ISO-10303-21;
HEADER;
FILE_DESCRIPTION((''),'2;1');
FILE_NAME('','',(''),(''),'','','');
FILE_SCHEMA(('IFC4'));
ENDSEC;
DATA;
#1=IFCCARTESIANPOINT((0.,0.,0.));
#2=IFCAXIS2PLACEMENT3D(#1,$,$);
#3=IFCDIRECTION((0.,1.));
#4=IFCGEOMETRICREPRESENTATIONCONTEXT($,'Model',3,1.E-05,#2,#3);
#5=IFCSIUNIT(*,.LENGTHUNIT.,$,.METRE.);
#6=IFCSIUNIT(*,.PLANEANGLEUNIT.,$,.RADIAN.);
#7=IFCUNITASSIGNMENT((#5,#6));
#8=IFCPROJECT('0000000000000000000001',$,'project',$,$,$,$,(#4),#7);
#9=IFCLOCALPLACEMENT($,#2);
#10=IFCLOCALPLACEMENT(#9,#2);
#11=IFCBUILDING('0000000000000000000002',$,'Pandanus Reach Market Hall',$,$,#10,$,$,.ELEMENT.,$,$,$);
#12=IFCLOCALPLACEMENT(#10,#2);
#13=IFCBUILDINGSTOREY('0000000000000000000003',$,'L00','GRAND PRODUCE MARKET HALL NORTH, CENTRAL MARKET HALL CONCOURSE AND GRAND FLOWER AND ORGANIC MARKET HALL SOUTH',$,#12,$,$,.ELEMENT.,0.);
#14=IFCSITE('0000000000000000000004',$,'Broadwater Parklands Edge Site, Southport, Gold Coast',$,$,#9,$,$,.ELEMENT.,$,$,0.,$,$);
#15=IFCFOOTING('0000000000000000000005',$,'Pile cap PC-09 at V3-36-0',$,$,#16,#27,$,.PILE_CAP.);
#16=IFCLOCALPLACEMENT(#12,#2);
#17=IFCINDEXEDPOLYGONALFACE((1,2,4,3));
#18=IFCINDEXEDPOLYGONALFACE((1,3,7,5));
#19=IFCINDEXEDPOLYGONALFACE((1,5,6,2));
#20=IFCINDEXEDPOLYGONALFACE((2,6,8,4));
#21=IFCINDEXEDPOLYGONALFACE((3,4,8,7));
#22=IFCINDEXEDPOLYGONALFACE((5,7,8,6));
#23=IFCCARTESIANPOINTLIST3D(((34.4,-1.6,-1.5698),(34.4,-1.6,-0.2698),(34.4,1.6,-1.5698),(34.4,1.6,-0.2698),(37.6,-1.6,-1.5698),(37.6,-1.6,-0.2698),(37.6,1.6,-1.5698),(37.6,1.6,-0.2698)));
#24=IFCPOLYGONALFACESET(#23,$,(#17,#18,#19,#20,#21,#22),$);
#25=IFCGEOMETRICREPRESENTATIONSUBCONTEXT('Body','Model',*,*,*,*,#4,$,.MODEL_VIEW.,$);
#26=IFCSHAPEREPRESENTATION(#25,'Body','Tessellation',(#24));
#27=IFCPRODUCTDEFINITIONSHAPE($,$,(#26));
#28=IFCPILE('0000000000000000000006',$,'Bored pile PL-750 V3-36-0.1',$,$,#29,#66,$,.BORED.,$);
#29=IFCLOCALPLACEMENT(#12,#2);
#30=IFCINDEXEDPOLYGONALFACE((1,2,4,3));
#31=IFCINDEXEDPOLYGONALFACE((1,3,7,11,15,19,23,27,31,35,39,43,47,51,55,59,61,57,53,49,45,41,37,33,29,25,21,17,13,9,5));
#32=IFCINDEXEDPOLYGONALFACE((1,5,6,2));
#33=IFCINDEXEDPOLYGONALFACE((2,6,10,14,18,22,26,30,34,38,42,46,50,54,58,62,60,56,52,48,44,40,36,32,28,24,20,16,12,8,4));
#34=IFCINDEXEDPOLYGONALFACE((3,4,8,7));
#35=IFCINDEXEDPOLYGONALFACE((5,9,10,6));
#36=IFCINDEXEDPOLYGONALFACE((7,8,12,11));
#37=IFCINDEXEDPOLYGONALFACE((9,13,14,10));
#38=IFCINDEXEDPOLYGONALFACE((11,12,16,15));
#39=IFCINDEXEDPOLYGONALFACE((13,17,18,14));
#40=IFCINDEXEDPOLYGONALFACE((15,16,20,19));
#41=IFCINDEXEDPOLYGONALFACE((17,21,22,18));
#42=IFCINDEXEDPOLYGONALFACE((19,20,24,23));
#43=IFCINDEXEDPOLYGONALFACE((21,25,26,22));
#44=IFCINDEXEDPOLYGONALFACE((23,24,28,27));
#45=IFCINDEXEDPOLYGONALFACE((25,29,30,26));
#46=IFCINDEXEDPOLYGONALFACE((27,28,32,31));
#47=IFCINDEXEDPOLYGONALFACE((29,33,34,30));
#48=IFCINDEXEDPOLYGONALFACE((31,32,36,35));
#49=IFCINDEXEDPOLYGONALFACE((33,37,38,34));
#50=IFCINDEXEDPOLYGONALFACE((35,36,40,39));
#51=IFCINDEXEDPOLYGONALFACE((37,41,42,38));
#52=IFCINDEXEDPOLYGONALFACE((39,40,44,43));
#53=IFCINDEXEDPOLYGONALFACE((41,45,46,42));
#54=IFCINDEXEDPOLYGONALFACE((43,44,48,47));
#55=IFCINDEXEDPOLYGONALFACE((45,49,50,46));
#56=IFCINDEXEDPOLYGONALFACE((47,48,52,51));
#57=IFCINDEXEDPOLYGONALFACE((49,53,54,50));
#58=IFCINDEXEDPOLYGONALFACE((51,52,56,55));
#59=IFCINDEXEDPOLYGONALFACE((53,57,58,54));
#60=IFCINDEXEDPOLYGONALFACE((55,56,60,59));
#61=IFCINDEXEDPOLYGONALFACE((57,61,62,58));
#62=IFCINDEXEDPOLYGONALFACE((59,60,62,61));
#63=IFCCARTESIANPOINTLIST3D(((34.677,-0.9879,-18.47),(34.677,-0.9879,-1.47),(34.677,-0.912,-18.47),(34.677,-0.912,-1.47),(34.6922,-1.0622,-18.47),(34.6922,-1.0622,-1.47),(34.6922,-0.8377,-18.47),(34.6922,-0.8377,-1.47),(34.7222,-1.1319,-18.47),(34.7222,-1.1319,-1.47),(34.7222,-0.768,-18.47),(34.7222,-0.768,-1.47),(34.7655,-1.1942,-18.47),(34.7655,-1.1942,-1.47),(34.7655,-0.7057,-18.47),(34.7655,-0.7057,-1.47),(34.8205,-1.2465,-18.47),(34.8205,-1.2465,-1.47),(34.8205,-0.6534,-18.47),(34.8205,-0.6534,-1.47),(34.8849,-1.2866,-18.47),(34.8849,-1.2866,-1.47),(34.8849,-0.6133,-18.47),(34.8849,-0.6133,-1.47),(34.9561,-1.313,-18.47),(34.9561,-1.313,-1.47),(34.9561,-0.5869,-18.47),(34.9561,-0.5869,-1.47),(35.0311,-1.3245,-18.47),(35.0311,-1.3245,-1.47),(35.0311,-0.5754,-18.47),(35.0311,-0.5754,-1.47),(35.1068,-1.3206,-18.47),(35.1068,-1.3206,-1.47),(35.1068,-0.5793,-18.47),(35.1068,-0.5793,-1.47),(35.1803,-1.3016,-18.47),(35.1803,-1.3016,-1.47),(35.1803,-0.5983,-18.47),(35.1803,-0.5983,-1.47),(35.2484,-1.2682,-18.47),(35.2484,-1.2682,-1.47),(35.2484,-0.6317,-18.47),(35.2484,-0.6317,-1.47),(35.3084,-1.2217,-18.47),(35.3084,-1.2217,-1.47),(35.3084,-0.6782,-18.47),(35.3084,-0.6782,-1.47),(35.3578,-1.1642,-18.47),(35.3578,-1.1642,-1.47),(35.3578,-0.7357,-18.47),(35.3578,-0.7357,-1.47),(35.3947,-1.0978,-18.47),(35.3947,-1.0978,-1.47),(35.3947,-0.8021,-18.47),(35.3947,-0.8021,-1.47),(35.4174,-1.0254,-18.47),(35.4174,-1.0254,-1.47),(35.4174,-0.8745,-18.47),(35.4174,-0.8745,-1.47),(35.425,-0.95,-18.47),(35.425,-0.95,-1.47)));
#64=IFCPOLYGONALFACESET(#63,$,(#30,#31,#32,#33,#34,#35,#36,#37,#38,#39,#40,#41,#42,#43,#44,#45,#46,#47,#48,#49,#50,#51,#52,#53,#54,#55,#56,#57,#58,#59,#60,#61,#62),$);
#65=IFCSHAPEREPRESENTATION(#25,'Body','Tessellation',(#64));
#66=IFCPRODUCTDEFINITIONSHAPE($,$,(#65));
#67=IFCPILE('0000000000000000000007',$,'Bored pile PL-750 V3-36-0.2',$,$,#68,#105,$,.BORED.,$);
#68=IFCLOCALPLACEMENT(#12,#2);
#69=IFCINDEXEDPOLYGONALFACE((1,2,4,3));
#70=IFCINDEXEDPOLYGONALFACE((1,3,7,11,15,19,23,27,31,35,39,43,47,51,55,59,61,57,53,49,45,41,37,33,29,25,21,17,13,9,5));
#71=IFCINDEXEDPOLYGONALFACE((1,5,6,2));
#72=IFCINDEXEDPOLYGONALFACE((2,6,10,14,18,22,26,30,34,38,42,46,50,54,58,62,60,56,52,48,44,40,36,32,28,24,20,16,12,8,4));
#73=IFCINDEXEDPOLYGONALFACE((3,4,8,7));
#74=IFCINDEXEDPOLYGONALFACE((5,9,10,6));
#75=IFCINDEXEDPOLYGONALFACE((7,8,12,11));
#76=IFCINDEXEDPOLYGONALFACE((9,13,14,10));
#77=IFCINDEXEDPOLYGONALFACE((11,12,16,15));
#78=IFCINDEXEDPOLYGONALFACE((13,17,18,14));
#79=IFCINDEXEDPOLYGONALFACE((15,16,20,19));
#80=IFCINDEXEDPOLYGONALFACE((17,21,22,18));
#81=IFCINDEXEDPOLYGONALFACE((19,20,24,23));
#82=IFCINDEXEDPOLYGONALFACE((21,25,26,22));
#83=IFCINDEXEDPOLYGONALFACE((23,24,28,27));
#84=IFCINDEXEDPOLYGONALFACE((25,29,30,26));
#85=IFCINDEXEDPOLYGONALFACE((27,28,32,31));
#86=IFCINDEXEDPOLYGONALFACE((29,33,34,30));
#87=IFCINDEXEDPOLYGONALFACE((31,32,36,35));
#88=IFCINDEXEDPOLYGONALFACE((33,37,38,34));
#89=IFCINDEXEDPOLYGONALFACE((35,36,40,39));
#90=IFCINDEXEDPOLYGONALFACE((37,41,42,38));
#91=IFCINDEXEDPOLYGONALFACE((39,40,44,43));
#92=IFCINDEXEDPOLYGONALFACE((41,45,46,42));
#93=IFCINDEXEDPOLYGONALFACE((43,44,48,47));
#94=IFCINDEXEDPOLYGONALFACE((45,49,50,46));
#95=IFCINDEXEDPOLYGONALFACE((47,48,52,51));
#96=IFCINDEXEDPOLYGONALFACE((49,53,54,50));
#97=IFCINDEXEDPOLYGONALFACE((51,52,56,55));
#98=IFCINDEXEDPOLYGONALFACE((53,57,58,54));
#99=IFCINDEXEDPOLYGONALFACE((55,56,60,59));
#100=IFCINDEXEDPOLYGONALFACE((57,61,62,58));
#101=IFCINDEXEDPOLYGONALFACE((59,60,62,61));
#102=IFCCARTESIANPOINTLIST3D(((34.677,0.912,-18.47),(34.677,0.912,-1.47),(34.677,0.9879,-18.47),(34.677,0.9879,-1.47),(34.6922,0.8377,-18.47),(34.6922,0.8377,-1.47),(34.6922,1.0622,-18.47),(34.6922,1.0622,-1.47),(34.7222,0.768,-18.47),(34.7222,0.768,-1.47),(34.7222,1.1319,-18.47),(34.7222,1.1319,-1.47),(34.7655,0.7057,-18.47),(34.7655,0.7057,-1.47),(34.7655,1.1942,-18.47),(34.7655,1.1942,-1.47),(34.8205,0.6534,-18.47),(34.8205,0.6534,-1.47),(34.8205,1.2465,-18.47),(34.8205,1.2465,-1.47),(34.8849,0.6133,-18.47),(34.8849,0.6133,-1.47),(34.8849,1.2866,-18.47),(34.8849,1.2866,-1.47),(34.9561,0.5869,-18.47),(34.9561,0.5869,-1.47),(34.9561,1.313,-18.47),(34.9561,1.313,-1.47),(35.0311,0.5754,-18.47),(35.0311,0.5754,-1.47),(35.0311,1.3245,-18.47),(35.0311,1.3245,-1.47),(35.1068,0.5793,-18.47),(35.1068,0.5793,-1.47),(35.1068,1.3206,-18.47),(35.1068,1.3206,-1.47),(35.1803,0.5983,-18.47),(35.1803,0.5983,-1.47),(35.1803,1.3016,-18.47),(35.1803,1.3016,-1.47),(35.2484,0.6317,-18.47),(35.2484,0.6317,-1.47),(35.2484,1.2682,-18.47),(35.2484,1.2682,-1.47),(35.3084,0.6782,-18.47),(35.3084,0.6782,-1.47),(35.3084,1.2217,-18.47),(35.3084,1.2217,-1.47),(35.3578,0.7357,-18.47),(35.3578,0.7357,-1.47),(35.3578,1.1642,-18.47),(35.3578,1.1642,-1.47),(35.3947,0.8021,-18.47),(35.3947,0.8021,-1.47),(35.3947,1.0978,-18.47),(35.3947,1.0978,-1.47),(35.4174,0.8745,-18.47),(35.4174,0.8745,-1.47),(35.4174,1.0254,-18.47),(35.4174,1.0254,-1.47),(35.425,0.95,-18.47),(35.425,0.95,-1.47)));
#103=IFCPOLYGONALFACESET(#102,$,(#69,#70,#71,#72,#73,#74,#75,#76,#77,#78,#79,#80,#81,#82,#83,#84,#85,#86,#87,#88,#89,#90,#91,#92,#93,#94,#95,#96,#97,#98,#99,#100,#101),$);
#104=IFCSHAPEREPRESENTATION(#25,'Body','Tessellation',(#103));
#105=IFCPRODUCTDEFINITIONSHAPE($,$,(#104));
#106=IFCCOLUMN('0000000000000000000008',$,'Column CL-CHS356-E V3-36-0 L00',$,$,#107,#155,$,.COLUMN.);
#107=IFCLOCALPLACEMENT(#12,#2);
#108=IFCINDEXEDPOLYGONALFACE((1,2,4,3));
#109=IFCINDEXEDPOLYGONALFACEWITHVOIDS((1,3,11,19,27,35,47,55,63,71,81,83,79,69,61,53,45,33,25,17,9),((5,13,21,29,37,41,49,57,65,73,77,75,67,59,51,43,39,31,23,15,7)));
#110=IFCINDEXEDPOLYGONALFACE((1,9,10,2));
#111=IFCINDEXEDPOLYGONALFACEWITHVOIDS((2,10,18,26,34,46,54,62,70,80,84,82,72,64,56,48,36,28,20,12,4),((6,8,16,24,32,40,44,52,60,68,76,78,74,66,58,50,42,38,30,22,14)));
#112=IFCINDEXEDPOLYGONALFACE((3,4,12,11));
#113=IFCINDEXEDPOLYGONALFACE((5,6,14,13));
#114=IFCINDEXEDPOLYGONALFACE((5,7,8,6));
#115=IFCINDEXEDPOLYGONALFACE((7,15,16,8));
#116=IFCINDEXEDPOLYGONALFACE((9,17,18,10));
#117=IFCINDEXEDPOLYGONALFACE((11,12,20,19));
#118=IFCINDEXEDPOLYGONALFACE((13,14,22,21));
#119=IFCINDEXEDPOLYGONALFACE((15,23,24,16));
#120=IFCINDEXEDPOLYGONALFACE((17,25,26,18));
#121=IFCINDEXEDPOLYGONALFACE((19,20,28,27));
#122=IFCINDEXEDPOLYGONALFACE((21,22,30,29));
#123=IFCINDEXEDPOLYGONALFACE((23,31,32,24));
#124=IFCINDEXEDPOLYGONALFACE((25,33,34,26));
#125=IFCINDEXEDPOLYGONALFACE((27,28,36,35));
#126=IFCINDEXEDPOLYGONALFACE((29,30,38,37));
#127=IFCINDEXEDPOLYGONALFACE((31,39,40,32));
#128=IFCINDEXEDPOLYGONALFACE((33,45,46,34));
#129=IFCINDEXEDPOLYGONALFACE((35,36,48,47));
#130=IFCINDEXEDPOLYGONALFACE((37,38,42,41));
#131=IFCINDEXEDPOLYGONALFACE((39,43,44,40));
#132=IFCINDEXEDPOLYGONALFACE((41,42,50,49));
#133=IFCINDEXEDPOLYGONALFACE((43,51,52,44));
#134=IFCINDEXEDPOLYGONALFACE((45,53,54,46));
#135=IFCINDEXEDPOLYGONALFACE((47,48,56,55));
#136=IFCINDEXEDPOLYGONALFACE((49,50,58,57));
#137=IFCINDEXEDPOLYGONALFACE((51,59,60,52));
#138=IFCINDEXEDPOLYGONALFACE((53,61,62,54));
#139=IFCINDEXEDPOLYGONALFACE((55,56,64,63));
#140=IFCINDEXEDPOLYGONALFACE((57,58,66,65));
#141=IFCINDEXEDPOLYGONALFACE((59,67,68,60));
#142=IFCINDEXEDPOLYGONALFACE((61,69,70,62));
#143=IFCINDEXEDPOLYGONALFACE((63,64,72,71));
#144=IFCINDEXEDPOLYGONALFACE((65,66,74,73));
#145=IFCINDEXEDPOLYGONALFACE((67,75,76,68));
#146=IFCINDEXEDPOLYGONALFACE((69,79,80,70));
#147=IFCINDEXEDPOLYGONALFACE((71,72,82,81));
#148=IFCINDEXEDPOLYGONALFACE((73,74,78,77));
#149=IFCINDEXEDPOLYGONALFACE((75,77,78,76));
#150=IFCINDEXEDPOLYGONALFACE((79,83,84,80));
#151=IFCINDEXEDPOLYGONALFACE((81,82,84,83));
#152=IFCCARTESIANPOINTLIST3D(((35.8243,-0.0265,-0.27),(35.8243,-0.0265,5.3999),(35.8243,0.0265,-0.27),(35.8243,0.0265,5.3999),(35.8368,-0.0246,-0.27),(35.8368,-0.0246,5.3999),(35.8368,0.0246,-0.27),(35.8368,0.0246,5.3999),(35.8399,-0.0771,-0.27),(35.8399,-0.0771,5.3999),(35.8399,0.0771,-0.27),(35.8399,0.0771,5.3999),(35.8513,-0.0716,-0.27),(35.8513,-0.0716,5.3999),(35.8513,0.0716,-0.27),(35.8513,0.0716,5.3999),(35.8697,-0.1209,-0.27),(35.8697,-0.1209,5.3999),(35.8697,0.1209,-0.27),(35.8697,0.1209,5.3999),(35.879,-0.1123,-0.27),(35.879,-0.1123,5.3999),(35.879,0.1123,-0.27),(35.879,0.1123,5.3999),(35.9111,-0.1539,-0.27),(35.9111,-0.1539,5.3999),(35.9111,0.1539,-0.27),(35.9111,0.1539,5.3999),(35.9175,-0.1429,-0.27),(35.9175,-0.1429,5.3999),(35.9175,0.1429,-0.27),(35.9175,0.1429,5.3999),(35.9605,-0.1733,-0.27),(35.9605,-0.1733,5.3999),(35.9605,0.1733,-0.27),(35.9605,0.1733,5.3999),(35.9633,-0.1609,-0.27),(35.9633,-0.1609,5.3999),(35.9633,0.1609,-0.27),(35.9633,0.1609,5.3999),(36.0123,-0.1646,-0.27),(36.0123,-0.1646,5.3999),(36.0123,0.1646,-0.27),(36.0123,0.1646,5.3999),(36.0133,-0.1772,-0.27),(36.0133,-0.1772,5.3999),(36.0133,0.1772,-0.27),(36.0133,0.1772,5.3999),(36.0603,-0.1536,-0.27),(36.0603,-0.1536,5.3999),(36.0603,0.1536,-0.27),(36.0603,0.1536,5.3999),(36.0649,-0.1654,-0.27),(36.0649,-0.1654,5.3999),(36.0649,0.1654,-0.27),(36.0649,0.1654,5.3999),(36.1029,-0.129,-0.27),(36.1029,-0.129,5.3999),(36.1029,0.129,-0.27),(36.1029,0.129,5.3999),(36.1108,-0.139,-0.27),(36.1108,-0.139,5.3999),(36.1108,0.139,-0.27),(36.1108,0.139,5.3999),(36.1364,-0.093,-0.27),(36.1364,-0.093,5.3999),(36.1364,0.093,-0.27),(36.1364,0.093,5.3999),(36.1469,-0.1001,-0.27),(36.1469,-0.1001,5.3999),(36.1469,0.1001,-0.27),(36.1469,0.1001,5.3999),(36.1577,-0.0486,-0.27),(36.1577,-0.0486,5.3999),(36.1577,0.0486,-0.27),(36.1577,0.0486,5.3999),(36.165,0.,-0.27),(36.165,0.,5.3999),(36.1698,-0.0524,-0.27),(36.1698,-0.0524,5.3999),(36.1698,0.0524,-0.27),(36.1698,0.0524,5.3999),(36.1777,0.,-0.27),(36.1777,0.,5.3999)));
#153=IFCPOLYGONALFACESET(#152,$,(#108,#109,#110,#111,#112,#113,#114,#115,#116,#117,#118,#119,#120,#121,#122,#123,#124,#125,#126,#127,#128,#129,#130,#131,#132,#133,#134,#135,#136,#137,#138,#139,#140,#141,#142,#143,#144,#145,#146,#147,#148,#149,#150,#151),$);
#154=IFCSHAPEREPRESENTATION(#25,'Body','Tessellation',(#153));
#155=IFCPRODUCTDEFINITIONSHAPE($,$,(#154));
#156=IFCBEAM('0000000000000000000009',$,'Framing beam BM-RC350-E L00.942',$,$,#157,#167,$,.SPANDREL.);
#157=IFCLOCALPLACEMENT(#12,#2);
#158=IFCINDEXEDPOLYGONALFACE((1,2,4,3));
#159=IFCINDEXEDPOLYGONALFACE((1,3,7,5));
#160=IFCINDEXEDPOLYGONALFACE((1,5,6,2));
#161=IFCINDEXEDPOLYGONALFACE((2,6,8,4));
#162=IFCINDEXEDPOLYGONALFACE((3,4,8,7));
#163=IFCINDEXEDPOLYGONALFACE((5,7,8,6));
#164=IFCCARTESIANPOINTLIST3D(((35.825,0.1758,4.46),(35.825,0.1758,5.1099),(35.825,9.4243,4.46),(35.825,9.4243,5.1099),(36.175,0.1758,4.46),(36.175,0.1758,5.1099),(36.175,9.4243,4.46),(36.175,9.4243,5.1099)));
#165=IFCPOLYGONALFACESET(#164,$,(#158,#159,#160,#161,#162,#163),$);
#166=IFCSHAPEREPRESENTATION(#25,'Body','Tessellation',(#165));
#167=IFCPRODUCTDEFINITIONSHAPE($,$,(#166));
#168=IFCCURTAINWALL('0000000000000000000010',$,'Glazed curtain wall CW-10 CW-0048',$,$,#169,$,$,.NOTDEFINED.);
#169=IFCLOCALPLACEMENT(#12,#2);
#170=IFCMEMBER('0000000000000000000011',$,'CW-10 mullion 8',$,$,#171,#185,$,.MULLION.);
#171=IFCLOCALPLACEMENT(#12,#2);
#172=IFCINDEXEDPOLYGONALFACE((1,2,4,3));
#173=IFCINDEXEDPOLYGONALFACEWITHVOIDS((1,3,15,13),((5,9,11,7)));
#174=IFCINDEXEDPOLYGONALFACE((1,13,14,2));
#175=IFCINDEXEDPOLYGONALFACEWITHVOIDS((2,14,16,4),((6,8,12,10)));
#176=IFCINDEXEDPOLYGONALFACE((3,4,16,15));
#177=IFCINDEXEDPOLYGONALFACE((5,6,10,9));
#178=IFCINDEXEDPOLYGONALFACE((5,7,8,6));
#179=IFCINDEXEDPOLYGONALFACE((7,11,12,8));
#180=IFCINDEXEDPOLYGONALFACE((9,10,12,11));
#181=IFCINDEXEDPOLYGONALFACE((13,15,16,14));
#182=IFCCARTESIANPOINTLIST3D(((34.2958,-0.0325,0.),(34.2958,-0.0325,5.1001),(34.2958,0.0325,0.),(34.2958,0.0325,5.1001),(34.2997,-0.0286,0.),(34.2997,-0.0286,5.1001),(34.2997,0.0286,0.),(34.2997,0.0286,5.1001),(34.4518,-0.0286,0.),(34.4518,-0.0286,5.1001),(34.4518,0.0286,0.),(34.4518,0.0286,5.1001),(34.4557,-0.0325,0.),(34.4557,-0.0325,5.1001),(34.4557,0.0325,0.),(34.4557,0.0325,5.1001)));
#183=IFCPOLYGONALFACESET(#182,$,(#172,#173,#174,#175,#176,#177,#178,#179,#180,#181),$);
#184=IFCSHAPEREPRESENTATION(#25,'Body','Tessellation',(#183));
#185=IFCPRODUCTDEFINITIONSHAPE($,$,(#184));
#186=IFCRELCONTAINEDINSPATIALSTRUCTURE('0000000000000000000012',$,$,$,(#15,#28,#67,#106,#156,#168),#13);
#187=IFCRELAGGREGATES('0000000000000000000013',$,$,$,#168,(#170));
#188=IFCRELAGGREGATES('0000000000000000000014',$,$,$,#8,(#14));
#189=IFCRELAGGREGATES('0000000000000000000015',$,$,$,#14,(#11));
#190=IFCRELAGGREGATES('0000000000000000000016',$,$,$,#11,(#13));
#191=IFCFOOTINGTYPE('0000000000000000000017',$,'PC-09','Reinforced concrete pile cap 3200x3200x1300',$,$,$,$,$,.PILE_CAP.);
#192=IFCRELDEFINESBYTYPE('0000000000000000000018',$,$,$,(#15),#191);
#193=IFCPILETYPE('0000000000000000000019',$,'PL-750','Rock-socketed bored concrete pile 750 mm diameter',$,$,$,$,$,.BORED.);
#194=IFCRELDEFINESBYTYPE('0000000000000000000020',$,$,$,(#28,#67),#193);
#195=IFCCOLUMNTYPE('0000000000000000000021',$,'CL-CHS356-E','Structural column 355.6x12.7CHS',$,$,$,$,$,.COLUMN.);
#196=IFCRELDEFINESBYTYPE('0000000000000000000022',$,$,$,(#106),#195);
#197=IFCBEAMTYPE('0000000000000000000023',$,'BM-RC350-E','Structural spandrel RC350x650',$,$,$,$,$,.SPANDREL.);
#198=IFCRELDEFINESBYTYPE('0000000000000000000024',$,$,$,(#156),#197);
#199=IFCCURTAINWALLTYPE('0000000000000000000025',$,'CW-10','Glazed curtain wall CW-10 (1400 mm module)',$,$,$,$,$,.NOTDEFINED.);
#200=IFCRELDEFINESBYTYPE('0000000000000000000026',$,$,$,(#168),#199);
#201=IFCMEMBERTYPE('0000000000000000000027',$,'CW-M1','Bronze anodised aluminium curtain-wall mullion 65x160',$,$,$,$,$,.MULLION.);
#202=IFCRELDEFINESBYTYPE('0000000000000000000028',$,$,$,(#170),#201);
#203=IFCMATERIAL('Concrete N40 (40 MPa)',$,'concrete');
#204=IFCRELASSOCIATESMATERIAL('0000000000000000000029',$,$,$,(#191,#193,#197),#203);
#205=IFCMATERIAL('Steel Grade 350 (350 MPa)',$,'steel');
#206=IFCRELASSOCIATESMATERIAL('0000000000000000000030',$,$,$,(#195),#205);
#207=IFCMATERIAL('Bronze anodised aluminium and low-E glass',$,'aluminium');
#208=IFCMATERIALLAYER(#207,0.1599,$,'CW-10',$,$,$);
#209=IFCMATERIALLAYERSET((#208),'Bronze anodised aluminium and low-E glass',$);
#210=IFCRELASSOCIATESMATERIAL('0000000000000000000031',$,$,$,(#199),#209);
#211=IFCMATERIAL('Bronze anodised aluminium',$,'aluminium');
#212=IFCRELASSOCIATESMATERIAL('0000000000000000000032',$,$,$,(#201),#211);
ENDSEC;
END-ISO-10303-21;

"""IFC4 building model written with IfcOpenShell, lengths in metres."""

from ifc_helpers import new_model, si_unit, direction, frame, origin, origin_2d, place, context, subcontext, project, spatial, rectangle, hollow_rectangle, circle, hollow_circle, extrude, material, layer, layer_set, material_profile, profile_set, type_object, element, aggregate, save


model = new_model("IFC4")

# Units and contexts
model_context = context("Model", 3, precision=1e-05, world=origin(), true_north=direction((0.0, 1.0)))
body_context = subcontext(model_context, "Body", "Model", "MODEL_VIEW")
ifc_project = project(units=[si_unit("LENGTHUNIT", "METRE"), si_unit("PLANEANGLEUNIT", "RADIAN")], contexts=[model_context])

# Site, building, storey
site_placement = place(None, origin())
site = spatial("IfcSite", under=ifc_project, at=site_placement, Name="Broadwater Parklands Edge Site, Southport, Gold Coast", CompositionType="ELEMENT", RefElevation=0.0)
building_placement = place(site_placement, origin())
building = spatial("IfcBuilding", under=site, at=building_placement, Name="Pandanus Reach Market Hall", CompositionType="ELEMENT")
storey_placement = place(building_placement, origin())
storey = spatial("IfcBuildingStorey", under=building, at=storey_placement, Name="L00", Description="GRAND PRODUCE MARKET HALL NORTH, CENTRAL MARKET HALL CONCOURSE AND GRAND FLOWER AND ORGANIC MARKET HALL SOUTH", CompositionType="ELEMENT", Elevation=0.0)

# Footing
ifc_material_1 = material(Name="Concrete N40 (40 MPa)", Category="concrete")
footing_type = type_object("IfcFootingType", Name="PC-09", Description="Reinforced concrete pile cap 3200x3200x1300", PredefinedType="PILE_CAP", material=ifc_material_1)
footing_placement = place(storey_placement, frame((36.0, 0.0, -1.5698), z_axis=(0.0, 0.0, 1.0), x_axis=(1.0, 0.0, 0.0)))
element("IfcFooting", 1, at=footing_placement, inside=storey, type_object=footing_type, Name="Pile cap PC-09 at V3-36-0", PredefinedType="PILE_CAP", context=body_context, shape_type="SweptSolid", body=[
    extrude(rectangle(XDim=3.2, YDim=3.2, at=origin_2d()), origin(), (0.0, 0.0, 1.0), 1.3),
])

# Piles
ifc_material_profile_1 = material_profile(ifc_material_1, circle(Radius=0.375, at=origin_2d()), Name="PILE-750D", Category="LoadBearing")
ifc_profile_set_1 = profile_set([ifc_material_profile_1], Name="Concrete N40 (40 MPa)")
pile_type = type_object("IfcPileType", Name="PL-750", Description="Rock-socketed bored concrete pile 750 mm diameter", PredefinedType="BORED", material=ifc_profile_set_1)
for number, where, z_axis, x_axis, name in (
    (2, (35.05, -0.95, -1.47), (0.0, 0.0, -1.0), (1.0, 0.0, 0.0), "Bored pile PL-750 V3-36-0.1"),
    (3, (35.05, 0.95, -1.47), (0.0, 0.0, -1.0), (1.0, 0.0, 0.0), "Bored pile PL-750 V3-36-0.2"),
):
    element("IfcPile", number, at=place(storey_placement, frame(where, z_axis=z_axis, x_axis=x_axis)), inside=storey, type_object=pile_type, Name=name, PredefinedType="BORED", context=body_context, shape_type="SweptSolid", body=[
        extrude(circle(Radius=0.375, at=origin_2d()), origin(), (0.0, 0.0, 1.0), 17.0),
    ])

# Column
ifc_material_2 = material(Name="Steel Grade 350 (350 MPa)", Category="steel")
ifc_material_profile_2 = material_profile(ifc_material_2, hollow_circle(Radius=0.1777, WallThickness=0.0127, at=origin_2d()), Name="355.6x12.7CHS", Category="LoadBearing")
ifc_profile_set_2 = profile_set([ifc_material_profile_2], Name="Steel Grade 350 (350 MPa)")
column_type = type_object("IfcColumnType", Name="CL-CHS356-E", Description="Structural column 355.6x12.7CHS", PredefinedType="COLUMN", material=ifc_profile_set_2)
column_placement = place(storey_placement, frame((36.0, 0.0, -0.27), z_axis=(0.0, 0.0, 1.0), x_axis=(1.0, 0.0, 0.0)))
element("IfcColumn", 4, at=column_placement, inside=storey, type_object=column_type, Name="Column CL-CHS356-E V3-36-0 L00", PredefinedType="COLUMN", context=body_context, shape_type="SweptSolid", body=[
    extrude(hollow_circle(Radius=0.1777, WallThickness=0.0127, at=origin_2d()), origin(), (0.0, 0.0, 1.0), 5.6699),
])

# Beam
ifc_material_profile_3 = material_profile(ifc_material_1, rectangle(XDim=0.3501, YDim=0.6499, at=origin_2d()), Name="RC350x650", Category="LoadBearing")
ifc_profile_set_3 = profile_set([ifc_material_profile_3], Name="Concrete N40 (40 MPa)")
beam_type_1 = type_object("IfcBeamType", Name="BM-RC350-E", Description="Structural spandrel RC350x650", PredefinedType="SPANDREL", material=ifc_profile_set_3)
beam_1_placement = place(storey_placement, frame((36.0, 0.1758, 4.7849), z_axis=(0.0, 1.0, 0.0), x_axis=(-1.0, 0.0, 0.0)))
element("IfcBeam", 5, at=beam_1_placement, inside=storey, type_object=beam_type_1, Name="Framing beam BM-RC350-E L00.942", PredefinedType="SPANDREL", context=body_context, shape_type="SweptSolid", body=[
    extrude(rectangle(XDim=0.3501, YDim=0.6499, at=origin_2d()), origin(), (0.0, 0.0, 1.0), 9.2485),
])

# Curtain wall, member
ifc_material_3 = material(Name="Bronze anodised aluminium and low-E glass", Category="aluminium")
ifc_layer_1 = layer(ifc_material_3, 0.1599, Name="CW-10")
ifc_layer_set_1 = layer_set([ifc_layer_1], Name="Bronze anodised aluminium and low-E glass")
curtain_wall_type_1 = type_object("IfcCurtainWallType", Name="CW-10", Description="Glazed curtain wall CW-10 (1400 mm module)", PredefinedType="NOTDEFINED", material=ifc_layer_set_1)
curtain_wall_1_placement = place(storey_placement, origin())
curtain_wall_1 = element("IfcCurtainWall", 6, at=curtain_wall_1_placement, inside=storey, type_object=curtain_wall_type_1, Name="Glazed curtain wall CW-10 CW-0048", PredefinedType="NOTDEFINED")
ifc_material_4 = material(Name="Bronze anodised aluminium", Category="aluminium")
ifc_material_profile_4 = material_profile(ifc_material_4, hollow_rectangle(XDim=0.0649, YDim=0.1599, WallThickness=0.0039, at=origin_2d()), Name="ALU65x160", Category="LoadBearing")
ifc_profile_set_4 = profile_set([ifc_material_profile_4], Name="Bronze anodised aluminium")
member_type_1 = type_object("IfcMemberType", Name="CW-M1", Description="Bronze anodised aluminium curtain-wall mullion 65x160", PredefinedType="MULLION", material=ifc_profile_set_4)
member_1_placement = place(storey_placement, frame((34.3757, 0.0, 0.0), z_axis=(0.0, 0.0, 1.0), x_axis=(0.0, 1.0, 0.0)))
member_1 = element("IfcMember", 7, at=member_1_placement, type_object=member_type_1, Name="CW-10 mullion 8", PredefinedType="MULLION", context=body_context, shape_type="SweptSolid", body=[
    extrude(hollow_rectangle(XDim=0.0649, YDim=0.1599, WallThickness=0.0039, at=origin_2d()), origin(), (0.0, 0.0, 1.0), 5.1001),
])

aggregate(curtain_wall_1, [member_1])

save(model, "model.ifc")
